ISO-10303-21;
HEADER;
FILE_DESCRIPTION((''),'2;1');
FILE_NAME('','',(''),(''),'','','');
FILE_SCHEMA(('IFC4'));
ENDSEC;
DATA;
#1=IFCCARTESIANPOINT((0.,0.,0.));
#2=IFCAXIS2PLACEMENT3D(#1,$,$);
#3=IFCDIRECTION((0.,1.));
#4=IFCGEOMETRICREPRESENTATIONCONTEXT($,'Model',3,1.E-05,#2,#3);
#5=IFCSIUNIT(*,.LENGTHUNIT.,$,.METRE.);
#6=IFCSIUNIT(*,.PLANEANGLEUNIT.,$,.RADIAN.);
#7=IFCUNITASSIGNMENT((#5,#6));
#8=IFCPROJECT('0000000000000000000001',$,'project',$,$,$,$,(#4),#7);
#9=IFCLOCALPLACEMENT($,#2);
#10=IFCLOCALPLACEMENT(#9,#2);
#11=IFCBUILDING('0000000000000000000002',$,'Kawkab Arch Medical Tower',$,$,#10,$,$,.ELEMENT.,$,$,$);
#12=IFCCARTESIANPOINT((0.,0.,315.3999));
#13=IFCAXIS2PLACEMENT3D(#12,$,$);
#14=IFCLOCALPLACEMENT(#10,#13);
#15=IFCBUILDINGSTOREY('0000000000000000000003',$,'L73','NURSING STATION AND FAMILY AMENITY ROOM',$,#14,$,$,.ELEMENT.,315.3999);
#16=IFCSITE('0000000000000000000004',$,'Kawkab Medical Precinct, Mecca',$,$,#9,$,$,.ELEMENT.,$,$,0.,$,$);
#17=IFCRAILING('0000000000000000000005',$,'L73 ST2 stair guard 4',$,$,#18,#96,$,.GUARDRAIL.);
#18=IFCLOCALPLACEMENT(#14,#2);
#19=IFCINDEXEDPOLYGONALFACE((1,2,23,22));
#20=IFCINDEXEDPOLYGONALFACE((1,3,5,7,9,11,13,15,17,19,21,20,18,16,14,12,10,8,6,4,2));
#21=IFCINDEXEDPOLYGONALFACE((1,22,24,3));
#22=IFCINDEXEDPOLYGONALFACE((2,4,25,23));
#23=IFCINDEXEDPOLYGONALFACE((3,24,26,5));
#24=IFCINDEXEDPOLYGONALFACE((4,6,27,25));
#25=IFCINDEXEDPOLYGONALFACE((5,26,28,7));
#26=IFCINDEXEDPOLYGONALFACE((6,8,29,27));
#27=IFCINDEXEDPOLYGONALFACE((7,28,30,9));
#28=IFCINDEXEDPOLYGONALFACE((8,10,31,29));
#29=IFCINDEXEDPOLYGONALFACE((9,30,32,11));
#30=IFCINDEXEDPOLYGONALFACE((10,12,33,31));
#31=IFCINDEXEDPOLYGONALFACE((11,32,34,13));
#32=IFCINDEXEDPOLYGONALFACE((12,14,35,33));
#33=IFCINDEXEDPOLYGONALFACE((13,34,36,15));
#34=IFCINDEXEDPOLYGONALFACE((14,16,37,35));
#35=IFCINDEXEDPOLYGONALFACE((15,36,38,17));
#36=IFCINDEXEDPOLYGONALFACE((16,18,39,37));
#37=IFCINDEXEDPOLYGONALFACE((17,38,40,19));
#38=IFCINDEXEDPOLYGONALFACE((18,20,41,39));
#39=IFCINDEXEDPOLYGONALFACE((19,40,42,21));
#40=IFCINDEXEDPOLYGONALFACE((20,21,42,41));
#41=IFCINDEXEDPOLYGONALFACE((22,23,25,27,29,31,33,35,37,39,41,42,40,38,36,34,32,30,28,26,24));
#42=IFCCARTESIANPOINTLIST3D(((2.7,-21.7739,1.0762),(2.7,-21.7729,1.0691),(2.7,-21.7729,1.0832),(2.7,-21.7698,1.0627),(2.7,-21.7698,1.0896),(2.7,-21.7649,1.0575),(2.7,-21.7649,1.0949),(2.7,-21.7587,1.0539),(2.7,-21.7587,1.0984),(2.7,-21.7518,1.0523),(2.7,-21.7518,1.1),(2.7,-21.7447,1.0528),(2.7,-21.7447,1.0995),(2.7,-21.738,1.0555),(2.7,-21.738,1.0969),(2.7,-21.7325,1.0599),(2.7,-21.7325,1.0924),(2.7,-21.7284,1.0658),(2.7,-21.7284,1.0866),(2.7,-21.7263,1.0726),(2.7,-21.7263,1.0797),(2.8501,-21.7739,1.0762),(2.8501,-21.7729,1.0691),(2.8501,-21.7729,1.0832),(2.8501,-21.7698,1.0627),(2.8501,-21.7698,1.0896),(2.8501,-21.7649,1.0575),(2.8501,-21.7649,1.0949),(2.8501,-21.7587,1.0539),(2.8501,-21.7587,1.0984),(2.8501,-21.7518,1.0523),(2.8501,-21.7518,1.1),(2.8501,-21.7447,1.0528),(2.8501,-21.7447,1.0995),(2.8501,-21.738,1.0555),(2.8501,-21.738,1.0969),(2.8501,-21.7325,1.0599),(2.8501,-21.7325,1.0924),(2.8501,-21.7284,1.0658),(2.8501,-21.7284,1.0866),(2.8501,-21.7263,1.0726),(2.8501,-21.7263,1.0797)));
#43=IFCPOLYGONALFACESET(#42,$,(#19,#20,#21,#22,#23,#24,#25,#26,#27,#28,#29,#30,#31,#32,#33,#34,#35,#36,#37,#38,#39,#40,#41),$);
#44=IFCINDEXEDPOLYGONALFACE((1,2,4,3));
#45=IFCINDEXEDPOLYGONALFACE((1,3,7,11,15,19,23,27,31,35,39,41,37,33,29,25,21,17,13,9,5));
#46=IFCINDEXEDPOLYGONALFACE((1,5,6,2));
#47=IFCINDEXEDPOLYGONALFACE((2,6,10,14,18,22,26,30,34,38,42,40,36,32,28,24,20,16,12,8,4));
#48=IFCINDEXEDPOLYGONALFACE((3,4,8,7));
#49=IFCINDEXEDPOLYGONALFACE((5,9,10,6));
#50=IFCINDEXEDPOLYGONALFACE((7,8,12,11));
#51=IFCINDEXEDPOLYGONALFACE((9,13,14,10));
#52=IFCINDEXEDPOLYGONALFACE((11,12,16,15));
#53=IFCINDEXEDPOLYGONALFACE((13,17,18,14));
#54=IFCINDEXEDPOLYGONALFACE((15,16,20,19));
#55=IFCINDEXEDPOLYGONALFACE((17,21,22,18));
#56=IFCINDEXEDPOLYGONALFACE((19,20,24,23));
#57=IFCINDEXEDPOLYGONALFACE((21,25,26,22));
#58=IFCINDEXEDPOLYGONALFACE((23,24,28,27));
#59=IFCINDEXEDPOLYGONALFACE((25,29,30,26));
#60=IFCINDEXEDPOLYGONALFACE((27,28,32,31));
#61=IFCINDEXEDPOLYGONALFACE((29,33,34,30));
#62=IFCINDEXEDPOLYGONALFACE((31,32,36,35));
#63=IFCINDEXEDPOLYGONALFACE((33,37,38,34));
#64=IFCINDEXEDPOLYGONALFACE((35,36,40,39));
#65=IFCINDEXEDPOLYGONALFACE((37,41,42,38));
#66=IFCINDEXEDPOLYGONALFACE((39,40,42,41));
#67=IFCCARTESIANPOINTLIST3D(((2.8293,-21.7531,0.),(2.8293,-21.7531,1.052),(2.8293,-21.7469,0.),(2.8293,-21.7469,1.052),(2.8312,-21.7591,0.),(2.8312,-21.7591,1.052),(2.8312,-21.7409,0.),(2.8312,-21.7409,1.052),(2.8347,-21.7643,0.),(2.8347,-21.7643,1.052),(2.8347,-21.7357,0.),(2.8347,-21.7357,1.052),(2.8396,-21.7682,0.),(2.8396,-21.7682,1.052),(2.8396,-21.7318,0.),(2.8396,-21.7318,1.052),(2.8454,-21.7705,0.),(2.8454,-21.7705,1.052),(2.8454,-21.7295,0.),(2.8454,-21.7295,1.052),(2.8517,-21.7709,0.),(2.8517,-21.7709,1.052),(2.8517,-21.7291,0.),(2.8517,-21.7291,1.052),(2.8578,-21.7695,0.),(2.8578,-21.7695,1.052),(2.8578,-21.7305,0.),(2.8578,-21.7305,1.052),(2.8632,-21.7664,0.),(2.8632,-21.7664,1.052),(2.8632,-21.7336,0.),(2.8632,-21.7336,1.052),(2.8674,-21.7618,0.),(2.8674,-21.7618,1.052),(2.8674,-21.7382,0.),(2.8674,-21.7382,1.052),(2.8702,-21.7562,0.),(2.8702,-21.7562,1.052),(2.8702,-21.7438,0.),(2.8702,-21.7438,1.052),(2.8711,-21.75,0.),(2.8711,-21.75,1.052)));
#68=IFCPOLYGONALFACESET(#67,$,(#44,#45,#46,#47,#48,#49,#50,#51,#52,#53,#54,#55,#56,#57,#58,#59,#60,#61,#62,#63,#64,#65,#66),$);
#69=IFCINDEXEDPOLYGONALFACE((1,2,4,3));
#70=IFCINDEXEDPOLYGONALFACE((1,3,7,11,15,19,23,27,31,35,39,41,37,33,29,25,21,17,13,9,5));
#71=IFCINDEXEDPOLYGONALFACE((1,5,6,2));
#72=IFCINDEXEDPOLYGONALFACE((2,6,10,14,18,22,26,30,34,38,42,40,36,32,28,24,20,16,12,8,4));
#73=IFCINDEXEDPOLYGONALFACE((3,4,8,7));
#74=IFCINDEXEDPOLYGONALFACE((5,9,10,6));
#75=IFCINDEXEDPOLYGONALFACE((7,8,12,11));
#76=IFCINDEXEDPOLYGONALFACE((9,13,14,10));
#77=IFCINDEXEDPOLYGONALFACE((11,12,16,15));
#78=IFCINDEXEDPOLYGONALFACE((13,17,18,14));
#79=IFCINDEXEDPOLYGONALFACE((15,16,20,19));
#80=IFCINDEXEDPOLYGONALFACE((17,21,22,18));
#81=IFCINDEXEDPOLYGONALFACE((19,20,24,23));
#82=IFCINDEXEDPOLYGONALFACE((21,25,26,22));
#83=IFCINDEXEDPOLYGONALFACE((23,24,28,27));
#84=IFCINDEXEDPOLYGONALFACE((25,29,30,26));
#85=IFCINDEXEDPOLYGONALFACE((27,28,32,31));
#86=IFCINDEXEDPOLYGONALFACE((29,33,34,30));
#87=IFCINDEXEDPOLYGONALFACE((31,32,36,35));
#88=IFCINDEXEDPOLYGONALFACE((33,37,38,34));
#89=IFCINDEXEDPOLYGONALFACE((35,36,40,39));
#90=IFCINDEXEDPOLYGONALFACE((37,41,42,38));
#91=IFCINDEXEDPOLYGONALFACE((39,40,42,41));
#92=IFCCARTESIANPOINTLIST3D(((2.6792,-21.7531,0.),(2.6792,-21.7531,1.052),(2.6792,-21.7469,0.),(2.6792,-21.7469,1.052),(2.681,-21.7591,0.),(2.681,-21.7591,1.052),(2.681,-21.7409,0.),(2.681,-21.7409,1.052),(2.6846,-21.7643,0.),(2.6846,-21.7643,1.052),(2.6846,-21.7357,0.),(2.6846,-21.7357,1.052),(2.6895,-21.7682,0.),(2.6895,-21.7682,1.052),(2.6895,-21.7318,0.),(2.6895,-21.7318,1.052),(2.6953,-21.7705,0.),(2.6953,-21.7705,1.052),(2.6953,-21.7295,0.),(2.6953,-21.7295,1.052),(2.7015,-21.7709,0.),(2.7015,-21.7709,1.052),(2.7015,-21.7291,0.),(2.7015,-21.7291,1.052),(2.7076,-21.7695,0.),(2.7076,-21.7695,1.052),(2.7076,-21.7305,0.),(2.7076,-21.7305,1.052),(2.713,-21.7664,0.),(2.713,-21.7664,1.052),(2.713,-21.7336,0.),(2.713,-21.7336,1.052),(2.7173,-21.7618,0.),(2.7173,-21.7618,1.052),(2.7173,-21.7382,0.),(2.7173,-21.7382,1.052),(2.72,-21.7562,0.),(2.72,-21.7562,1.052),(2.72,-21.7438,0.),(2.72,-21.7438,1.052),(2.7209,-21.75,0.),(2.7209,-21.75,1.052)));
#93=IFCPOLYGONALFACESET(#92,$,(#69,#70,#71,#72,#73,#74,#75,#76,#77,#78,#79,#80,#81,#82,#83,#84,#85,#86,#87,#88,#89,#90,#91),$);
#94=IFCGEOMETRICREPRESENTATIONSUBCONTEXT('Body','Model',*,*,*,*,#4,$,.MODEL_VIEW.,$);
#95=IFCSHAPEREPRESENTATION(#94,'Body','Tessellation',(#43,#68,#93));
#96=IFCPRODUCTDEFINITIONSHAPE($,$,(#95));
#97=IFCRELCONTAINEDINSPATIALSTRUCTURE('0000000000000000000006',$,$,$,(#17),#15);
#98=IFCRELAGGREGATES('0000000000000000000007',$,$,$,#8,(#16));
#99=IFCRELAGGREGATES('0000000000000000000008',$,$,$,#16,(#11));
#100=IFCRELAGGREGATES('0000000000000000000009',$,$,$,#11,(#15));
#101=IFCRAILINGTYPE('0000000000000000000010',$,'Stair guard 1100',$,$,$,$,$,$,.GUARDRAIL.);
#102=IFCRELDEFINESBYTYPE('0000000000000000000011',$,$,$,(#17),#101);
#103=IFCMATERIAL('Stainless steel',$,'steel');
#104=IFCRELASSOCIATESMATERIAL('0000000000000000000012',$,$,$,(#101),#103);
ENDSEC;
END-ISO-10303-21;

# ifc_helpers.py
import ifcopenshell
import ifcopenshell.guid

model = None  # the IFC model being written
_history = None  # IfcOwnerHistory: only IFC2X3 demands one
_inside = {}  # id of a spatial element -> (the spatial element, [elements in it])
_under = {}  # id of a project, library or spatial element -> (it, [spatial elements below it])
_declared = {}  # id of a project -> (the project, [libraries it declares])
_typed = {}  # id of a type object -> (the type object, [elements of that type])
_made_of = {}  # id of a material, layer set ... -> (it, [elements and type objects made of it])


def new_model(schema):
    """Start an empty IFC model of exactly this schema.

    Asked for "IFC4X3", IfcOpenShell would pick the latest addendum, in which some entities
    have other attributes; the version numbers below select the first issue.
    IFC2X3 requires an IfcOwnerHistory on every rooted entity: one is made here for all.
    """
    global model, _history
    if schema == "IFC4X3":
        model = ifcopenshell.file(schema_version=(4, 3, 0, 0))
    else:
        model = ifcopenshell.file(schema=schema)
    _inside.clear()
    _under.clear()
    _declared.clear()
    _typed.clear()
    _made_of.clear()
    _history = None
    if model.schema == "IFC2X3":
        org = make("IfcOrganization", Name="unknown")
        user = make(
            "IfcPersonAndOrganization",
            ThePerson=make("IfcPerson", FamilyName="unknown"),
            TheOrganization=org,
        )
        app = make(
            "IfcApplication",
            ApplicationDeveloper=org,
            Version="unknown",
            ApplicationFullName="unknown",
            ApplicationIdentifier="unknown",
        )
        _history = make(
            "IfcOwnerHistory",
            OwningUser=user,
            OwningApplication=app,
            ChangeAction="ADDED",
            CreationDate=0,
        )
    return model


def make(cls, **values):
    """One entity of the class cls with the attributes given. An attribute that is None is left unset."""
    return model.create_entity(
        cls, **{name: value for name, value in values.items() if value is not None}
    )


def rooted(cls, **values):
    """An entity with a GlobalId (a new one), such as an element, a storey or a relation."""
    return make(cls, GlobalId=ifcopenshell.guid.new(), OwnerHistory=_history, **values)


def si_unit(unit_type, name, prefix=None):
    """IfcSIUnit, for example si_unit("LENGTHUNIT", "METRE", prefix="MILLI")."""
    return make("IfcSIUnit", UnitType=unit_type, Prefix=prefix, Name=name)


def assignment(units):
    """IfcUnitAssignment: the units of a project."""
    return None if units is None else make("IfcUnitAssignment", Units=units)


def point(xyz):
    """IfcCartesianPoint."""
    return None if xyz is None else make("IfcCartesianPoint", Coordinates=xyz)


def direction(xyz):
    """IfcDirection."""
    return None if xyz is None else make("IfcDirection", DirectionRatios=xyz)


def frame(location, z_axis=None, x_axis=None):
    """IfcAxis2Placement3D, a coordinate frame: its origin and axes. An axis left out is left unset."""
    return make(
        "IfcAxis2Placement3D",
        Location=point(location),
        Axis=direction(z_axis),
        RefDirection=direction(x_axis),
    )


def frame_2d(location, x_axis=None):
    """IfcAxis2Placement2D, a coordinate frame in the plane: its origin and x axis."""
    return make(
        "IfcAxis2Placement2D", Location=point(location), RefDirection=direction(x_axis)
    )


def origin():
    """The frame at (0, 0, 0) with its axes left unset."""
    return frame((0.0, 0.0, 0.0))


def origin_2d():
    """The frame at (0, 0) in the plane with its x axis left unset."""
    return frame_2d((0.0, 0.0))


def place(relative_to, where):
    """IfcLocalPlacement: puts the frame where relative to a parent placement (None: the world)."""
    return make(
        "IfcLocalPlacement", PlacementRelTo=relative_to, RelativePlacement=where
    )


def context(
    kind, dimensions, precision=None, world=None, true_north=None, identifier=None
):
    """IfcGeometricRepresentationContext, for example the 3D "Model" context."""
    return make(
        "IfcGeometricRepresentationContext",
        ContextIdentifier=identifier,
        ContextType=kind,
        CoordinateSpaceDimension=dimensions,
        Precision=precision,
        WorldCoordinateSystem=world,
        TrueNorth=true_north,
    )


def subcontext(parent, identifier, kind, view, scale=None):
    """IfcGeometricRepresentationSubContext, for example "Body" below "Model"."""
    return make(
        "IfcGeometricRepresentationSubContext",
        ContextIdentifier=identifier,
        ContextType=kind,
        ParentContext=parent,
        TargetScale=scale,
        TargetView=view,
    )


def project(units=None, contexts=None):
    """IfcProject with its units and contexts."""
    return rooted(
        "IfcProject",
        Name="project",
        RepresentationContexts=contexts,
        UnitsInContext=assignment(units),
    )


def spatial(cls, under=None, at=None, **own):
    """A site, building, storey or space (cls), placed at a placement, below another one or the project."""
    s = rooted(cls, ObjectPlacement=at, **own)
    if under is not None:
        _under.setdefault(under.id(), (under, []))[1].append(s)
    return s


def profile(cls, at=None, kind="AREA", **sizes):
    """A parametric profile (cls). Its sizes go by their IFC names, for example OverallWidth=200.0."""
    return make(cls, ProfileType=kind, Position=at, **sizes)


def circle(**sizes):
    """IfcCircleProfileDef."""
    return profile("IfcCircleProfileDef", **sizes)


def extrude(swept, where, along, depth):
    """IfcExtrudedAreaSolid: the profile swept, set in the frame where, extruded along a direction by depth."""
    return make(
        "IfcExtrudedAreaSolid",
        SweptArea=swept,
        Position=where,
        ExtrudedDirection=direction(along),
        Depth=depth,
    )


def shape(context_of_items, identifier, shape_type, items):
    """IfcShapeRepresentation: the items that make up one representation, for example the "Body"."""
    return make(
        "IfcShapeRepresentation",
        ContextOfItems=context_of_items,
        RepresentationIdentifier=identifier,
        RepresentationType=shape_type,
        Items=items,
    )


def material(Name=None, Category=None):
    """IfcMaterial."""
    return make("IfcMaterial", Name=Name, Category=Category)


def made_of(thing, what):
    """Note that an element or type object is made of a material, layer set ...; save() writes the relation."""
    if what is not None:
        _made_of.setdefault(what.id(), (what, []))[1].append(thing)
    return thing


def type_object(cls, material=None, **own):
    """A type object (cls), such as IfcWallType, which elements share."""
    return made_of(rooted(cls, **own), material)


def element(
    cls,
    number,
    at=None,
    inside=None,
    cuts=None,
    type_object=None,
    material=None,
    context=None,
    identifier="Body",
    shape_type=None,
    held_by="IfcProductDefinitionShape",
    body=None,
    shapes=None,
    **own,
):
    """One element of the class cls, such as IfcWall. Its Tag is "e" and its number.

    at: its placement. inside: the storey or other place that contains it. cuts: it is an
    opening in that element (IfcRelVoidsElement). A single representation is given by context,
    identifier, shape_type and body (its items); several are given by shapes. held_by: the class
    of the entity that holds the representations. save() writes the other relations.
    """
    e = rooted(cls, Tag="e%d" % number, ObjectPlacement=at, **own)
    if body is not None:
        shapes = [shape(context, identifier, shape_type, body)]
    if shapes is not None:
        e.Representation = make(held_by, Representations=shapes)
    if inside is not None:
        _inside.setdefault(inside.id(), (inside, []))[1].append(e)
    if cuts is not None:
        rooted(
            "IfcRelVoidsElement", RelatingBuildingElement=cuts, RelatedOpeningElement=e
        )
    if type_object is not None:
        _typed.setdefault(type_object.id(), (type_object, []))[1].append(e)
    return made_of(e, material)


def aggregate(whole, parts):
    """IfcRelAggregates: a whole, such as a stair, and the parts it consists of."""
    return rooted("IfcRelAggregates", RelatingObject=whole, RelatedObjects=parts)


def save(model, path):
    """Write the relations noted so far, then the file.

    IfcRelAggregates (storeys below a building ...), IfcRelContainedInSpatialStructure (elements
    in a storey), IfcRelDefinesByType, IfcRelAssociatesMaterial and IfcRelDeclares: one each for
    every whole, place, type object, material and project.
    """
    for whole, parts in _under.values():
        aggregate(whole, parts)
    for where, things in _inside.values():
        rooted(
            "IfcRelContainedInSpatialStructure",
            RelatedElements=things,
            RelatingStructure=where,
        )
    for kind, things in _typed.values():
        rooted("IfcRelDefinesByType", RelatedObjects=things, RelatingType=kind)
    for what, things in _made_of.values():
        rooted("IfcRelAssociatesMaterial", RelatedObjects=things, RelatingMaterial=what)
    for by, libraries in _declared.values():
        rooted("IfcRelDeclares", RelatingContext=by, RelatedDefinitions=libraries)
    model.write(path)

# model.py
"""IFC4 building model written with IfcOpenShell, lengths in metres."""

from ifc_helpers import new_model, si_unit, direction, frame, origin, origin_2d, place, context, subcontext, project, spatial, circle, extrude, material, type_object, element, save


model = new_model("IFC4")

# Units and contexts
model_context = context("Model", 3, precision=1e-05, world=origin(), true_north=direction((0.0, 1.0)))
body_context = subcontext(model_context, "Body", "Model", "MODEL_VIEW")
ifc_project = project(units=[si_unit("LENGTHUNIT", "METRE"), si_unit("PLANEANGLEUNIT", "RADIAN")], contexts=[model_context])

# Site, building, storey
site_placement = place(None, origin())
site = spatial("IfcSite", under=ifc_project, at=site_placement, Name="Kawkab Medical Precinct, Mecca", CompositionType="ELEMENT", RefElevation=0.0)
building_placement = place(site_placement, origin())
building = spatial("IfcBuilding", under=site, at=building_placement, Name="Kawkab Arch Medical Tower", CompositionType="ELEMENT")
storey_placement = place(building_placement, frame((0.0, 0.0, 315.3999)))
storey = spatial("IfcBuildingStorey", under=building, at=storey_placement, Name="L73", Description="NURSING STATION AND FAMILY AMENITY ROOM", CompositionType="ELEMENT", Elevation=315.3999)

# Railing
ifc_material_1 = material(Name="Stainless steel", Category="steel")
railing_type = type_object("IfcRailingType", Name="Stair guard 1100", PredefinedType="GUARDRAIL", material=ifc_material_1)
railing_1_placement = place(storey_placement, frame((2.8501, -21.75, 0.0)))
element("IfcRailing", 1, at=railing_1_placement, inside=storey, type_object=railing_type, Name="L73 ST2 stair guard 4", PredefinedType="GUARDRAIL", context=body_context, shape_type="SweptSolid", body=[
    extrude(circle(Radius=0.0239, at=origin_2d()), frame((0.0, 0.0, 1.0762), z_axis=(-1.0, 0.0, 0.0), x_axis=(0.0, -1.0, 0.0)), (0.0, 0.0, 1.0), 0.1501),
    extrude(circle(Radius=0.021, at=origin_2d()), origin(), (0.0, 0.0, 1.0), 1.052),
    extrude(circle(Radius=0.021, at=origin_2d()), frame((-0.1501, 0.0, 0.0)), (0.0, 0.0, 1.0), 1.052),
])

save(model, "model.ifc")
